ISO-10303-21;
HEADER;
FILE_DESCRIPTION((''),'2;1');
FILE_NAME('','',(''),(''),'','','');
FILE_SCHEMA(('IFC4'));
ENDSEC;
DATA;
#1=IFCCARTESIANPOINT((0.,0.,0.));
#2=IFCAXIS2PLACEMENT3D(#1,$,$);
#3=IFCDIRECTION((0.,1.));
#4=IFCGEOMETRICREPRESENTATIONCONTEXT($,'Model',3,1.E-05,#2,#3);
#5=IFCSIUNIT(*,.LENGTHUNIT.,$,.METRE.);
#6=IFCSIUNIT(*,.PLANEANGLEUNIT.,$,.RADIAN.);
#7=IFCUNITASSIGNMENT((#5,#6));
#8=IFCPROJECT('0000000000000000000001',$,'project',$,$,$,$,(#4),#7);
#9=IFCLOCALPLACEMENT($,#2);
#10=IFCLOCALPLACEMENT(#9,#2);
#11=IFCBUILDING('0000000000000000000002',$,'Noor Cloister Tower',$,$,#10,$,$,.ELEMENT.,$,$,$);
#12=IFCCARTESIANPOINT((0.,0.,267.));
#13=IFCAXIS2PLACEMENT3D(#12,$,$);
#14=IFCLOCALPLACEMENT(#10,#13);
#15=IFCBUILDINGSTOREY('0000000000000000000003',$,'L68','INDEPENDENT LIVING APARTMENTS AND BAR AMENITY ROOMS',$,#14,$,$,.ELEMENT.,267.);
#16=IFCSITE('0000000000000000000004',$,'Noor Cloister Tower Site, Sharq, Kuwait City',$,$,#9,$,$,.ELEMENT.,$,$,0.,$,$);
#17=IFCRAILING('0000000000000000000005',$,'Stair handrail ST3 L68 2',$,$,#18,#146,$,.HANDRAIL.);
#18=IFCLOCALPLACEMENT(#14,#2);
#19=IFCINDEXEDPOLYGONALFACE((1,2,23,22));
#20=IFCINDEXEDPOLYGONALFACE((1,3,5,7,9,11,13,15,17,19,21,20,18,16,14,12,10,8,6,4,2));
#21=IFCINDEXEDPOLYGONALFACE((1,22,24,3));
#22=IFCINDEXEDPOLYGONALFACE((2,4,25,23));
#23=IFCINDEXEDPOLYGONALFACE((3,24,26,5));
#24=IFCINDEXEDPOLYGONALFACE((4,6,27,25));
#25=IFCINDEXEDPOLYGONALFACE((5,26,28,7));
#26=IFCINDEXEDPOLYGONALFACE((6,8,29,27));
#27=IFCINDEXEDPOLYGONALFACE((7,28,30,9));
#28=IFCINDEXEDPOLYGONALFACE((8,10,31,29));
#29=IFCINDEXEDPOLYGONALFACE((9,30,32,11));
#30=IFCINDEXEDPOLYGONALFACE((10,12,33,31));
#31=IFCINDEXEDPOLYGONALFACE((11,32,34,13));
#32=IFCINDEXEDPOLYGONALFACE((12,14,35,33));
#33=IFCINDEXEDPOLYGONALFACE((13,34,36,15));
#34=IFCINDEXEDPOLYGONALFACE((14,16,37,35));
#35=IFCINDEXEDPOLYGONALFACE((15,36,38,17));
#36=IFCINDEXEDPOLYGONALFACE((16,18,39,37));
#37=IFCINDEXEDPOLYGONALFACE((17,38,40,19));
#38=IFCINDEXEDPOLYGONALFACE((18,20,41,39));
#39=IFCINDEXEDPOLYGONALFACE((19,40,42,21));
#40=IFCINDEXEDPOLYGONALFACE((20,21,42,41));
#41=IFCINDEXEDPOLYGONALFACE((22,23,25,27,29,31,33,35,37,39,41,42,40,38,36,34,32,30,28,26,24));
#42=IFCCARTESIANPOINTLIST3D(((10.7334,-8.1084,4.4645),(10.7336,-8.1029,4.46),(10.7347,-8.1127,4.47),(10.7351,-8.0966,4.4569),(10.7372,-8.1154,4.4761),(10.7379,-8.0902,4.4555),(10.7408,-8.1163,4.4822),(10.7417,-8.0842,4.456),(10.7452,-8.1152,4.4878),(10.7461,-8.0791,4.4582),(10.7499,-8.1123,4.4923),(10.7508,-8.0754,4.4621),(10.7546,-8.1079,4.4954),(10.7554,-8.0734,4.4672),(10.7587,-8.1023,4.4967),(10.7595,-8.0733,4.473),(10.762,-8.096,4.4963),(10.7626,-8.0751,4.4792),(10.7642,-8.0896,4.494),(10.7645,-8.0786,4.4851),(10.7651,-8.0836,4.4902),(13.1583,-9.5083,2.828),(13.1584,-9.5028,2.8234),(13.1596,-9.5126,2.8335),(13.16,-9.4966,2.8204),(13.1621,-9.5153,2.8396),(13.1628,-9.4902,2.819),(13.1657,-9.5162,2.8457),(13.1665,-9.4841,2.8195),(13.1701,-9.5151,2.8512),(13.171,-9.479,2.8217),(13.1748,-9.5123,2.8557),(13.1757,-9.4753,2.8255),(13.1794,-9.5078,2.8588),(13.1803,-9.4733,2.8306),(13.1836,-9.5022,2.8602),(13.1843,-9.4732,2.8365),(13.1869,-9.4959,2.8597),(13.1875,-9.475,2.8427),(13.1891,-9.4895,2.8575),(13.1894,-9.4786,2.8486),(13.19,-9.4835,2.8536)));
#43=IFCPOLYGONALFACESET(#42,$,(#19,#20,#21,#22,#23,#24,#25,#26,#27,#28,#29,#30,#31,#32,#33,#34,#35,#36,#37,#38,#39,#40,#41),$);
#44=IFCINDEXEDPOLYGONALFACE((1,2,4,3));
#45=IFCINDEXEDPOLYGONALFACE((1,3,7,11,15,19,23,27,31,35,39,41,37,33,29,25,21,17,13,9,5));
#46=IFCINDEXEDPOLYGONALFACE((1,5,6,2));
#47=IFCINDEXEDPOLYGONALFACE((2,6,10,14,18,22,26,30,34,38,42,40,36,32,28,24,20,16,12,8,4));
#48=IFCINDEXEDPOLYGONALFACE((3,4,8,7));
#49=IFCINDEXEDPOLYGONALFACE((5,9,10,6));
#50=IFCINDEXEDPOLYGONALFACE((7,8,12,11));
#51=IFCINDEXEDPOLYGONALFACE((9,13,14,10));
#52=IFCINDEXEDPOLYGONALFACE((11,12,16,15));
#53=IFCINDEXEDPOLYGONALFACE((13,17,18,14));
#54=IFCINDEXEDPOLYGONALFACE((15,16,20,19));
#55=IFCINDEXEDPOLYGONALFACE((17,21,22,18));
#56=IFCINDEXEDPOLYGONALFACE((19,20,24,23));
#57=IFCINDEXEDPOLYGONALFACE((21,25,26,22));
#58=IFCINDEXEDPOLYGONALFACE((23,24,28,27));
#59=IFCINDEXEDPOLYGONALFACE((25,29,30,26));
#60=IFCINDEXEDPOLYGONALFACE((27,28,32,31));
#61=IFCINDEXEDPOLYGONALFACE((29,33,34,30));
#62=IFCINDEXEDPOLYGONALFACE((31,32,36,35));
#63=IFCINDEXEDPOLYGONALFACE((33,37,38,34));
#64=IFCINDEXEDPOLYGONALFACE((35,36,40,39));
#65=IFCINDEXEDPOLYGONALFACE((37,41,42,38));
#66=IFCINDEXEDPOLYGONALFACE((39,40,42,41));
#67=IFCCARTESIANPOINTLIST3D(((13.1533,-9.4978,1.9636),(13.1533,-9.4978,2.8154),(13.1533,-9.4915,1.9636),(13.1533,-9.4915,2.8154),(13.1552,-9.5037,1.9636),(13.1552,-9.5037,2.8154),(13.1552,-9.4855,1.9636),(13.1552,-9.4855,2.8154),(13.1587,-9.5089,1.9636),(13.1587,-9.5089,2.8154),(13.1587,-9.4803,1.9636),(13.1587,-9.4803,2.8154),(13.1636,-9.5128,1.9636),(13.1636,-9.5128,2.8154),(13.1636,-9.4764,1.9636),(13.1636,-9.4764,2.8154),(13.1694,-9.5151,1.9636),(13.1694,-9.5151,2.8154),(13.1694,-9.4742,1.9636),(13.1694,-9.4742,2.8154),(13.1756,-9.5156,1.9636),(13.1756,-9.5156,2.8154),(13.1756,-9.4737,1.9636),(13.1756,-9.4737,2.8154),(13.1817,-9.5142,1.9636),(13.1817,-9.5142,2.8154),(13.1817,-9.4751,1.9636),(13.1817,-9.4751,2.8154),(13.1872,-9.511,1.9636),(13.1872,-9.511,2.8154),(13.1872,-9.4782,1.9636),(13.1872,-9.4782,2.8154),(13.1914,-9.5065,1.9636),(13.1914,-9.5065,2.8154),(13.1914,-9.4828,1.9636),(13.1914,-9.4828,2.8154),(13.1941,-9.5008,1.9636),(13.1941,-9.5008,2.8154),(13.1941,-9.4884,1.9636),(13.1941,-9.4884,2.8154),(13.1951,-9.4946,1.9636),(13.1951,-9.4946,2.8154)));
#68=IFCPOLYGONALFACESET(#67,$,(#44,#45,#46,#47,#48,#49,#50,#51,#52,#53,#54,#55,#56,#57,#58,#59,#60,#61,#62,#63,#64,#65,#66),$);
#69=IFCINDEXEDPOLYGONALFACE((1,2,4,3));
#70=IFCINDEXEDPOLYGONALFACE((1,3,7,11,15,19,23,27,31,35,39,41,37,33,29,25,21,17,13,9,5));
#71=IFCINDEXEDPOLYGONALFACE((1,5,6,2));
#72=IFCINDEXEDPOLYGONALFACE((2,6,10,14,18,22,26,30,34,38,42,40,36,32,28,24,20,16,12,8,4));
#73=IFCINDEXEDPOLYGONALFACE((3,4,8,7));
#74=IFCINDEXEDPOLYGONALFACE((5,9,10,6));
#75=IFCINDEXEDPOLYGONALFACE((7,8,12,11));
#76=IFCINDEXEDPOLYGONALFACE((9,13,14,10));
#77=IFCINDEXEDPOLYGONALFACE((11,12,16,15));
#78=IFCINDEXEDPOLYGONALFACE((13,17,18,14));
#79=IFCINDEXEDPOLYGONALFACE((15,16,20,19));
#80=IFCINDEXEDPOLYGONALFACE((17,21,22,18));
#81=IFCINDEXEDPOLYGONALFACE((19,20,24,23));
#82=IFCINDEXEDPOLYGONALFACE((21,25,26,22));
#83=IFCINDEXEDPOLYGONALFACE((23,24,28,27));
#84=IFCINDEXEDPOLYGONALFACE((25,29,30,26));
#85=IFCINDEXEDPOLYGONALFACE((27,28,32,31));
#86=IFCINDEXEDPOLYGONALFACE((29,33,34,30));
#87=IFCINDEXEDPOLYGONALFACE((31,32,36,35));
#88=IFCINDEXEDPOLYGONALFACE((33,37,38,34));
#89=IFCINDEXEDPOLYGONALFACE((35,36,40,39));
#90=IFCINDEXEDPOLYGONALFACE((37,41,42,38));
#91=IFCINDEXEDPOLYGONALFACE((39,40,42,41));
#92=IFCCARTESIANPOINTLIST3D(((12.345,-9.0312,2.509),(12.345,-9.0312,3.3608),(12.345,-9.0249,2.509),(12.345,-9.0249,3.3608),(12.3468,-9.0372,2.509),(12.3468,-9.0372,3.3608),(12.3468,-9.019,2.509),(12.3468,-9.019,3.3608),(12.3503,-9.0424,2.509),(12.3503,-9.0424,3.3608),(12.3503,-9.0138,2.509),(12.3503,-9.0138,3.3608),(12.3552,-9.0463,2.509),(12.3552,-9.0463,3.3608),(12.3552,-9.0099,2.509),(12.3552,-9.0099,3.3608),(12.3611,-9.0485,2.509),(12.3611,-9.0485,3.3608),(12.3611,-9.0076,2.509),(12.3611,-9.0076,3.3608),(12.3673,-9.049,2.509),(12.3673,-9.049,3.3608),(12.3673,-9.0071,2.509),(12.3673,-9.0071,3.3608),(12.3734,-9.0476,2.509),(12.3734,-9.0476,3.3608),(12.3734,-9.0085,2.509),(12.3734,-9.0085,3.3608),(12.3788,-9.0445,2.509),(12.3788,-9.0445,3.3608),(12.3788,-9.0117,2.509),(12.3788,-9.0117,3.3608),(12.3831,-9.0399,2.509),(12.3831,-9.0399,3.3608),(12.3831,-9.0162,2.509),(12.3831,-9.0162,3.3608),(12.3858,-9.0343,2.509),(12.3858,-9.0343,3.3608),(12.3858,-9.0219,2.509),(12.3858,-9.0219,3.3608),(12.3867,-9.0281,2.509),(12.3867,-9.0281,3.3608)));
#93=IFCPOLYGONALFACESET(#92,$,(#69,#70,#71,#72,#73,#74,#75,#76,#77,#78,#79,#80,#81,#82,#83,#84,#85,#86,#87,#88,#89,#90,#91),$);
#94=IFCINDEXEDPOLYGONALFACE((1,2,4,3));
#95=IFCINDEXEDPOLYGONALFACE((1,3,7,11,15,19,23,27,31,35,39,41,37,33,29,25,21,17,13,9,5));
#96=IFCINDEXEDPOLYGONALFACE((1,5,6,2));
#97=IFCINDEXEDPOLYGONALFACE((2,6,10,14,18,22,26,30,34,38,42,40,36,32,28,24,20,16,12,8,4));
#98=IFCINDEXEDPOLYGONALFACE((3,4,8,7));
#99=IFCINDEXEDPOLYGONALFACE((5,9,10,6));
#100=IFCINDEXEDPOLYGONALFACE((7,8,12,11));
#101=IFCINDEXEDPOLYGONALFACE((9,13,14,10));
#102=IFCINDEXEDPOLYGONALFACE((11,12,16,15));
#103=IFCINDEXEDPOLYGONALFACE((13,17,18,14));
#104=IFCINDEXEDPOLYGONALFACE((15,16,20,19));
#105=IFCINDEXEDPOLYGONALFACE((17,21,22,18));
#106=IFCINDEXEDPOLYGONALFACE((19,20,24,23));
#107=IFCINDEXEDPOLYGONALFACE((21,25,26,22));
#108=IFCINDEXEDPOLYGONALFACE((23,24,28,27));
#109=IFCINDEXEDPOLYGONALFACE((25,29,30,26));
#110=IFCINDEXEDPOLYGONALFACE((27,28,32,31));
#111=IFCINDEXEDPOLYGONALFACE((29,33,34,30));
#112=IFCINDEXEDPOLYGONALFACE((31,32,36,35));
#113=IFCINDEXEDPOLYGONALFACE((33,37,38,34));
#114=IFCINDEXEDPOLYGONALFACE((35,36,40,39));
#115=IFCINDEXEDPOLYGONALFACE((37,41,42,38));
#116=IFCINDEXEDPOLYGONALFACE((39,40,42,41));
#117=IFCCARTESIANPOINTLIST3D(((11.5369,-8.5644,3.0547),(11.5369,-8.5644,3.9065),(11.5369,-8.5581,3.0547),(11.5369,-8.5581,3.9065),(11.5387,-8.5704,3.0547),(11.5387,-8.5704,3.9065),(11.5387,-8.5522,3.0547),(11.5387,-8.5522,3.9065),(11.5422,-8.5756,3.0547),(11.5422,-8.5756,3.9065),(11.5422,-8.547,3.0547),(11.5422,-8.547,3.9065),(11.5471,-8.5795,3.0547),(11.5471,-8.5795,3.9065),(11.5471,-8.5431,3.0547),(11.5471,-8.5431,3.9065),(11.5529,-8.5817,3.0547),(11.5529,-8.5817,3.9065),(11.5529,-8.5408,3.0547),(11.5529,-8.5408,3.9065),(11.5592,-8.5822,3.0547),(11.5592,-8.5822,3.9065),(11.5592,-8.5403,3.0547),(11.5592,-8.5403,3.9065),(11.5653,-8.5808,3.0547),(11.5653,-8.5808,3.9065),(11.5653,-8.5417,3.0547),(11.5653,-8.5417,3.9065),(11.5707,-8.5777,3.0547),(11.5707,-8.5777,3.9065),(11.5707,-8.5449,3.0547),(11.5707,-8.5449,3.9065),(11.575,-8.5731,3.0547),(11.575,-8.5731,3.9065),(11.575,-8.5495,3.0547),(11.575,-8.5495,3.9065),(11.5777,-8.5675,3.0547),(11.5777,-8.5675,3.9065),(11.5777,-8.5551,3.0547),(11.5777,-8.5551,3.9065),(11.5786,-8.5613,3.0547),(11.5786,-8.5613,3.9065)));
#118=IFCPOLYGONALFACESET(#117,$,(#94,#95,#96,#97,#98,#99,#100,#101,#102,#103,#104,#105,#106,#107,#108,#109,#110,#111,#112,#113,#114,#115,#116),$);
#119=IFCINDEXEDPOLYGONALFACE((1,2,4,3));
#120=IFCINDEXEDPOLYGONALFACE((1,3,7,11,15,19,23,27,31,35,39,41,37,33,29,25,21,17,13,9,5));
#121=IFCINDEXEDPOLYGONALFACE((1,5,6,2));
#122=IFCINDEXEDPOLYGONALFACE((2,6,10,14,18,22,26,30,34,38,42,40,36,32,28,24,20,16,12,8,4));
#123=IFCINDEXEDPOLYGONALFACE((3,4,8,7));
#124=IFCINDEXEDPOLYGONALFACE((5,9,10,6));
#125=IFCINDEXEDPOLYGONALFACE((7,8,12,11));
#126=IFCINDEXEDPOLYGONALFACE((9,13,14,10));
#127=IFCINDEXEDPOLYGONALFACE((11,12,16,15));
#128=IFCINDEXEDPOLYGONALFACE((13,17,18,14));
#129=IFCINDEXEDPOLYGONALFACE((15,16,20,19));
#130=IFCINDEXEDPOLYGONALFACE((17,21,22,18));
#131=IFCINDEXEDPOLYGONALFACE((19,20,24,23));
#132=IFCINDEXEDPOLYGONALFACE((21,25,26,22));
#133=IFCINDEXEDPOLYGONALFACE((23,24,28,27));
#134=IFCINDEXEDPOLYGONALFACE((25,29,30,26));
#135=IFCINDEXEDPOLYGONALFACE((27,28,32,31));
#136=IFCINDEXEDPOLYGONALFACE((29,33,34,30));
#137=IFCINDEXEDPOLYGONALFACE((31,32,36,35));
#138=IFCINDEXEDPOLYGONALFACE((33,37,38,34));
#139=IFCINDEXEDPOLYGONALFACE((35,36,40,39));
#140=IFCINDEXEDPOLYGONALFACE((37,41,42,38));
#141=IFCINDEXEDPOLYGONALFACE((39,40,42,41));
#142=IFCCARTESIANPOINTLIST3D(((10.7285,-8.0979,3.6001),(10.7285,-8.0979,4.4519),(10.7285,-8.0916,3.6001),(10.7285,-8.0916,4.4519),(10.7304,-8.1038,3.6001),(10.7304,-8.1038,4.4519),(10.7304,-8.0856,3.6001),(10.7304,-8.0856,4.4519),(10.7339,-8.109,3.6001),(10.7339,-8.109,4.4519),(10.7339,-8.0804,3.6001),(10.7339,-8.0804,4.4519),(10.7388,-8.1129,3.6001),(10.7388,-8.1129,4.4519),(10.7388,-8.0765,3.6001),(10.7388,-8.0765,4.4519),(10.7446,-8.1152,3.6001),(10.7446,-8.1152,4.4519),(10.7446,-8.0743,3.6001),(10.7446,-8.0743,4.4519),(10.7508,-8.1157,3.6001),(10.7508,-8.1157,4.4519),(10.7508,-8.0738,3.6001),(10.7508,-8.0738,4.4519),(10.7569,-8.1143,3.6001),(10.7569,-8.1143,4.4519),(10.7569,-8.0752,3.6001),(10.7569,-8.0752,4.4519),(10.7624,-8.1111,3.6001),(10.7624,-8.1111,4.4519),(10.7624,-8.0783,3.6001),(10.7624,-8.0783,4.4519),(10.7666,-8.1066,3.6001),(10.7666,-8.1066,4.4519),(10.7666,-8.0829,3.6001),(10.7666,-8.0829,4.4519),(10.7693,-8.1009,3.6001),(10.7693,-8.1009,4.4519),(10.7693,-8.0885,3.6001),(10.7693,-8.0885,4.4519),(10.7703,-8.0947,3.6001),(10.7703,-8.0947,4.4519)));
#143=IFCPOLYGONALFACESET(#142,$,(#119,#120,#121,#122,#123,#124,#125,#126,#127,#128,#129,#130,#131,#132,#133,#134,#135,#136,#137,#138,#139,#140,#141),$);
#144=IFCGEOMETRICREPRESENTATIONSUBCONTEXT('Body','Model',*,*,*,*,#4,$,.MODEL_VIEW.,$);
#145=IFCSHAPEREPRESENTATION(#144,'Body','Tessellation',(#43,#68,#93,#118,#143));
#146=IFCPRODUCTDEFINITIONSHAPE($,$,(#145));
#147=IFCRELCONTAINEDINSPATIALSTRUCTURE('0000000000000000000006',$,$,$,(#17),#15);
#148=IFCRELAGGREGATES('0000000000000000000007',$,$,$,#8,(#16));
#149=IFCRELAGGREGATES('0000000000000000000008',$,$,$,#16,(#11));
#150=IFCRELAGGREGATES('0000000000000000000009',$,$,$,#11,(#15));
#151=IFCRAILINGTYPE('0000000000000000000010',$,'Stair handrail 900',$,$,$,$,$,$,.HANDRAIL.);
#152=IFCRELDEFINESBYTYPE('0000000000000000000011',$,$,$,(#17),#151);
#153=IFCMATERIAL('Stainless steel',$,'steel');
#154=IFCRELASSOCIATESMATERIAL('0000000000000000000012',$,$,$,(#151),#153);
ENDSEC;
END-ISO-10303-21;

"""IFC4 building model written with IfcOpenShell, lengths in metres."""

from ifc_helpers import new_model, si_unit, direction, frame, origin, origin_2d, place, context, subcontext, project, spatial, circle, extrude, material, type_object, element, save


model = new_model("IFC4")

# Units and contexts
model_context = context("Model", 3, precision=1e-05, world=origin(), true_north=direction((0.0, 1.0)))
body_context = subcontext(model_context, "Body", "Model", "MODEL_VIEW")
ifc_project = project(units=[si_unit("LENGTHUNIT", "METRE"), si_unit("PLANEANGLEUNIT", "RADIAN")], contexts=[model_context])

# Site, building, storey
site_placement = place(None, origin())
site = spatial("IfcSite", under=ifc_project, at=site_placement, Name="Noor Cloister Tower Site, Sharq, Kuwait City", CompositionType="ELEMENT", RefElevation=0.0)
building_placement = place(site_placement, origin())
building = spatial("IfcBuilding", under=site, at=building_placement, Name="Noor Cloister Tower", CompositionType="ELEMENT")
storey_placement = place(building_placement, frame((0.0, 0.0, 267.0)))
storey = spatial("IfcBuildingStorey", under=building, at=storey_placement, Name="L68", Description="INDEPENDENT LIVING APARTMENTS AND BAR AMENITY ROOMS", CompositionType="ELEMENT", Elevation=267.0)

# Railing
ifc_material_1 = material(Name="Stainless steel", Category="steel")
railing_type_1 = type_object("IfcRailingType", Name="Stair handrail 900", PredefinedType="HANDRAIL", material=ifc_material_1)
railing_1_placement = place(storey_placement, frame((13.1741, -9.4946, 1.9636)))
element("IfcRailing", 1, at=railing_1_placement, inside=storey, type_object=railing_type_1, Name="Stair handrail ST3 L68 2", PredefinedType="HANDRAIL", context=body_context, shape_type="SweptSolid", body=[
    extrude(circle(Radius=0.0239, at=origin_2d()), frame((0.0, 0.0, 0.876), z_axis=(-0.74769, 0.431661, 0.504608), x_axis=(-0.499984, -0.866035, 0.0)), (0.0, 0.0, 1.0), 3.2432),
    extrude(circle(Radius=0.021, at=origin_2d()), origin(), (0.0, 0.0, 1.0), 0.8518),
    extrude(circle(Radius=0.021, at=origin_2d()), frame((-0.8083, 0.4666, 0.5454)), (0.0, 0.0, 1.0), 0.8518),
    extrude(circle(Radius=0.021, at=origin_2d()), frame((-1.6165, 0.9333, 1.0911)), (0.0, 0.0, 1.0), 0.8518),
    extrude(circle(Radius=0.021, at=origin_2d()), frame((-2.4248, 1.3999, 1.6365)), (0.0, 0.0, 1.0), 0.8518),
])

save(model, "model.ifc")
